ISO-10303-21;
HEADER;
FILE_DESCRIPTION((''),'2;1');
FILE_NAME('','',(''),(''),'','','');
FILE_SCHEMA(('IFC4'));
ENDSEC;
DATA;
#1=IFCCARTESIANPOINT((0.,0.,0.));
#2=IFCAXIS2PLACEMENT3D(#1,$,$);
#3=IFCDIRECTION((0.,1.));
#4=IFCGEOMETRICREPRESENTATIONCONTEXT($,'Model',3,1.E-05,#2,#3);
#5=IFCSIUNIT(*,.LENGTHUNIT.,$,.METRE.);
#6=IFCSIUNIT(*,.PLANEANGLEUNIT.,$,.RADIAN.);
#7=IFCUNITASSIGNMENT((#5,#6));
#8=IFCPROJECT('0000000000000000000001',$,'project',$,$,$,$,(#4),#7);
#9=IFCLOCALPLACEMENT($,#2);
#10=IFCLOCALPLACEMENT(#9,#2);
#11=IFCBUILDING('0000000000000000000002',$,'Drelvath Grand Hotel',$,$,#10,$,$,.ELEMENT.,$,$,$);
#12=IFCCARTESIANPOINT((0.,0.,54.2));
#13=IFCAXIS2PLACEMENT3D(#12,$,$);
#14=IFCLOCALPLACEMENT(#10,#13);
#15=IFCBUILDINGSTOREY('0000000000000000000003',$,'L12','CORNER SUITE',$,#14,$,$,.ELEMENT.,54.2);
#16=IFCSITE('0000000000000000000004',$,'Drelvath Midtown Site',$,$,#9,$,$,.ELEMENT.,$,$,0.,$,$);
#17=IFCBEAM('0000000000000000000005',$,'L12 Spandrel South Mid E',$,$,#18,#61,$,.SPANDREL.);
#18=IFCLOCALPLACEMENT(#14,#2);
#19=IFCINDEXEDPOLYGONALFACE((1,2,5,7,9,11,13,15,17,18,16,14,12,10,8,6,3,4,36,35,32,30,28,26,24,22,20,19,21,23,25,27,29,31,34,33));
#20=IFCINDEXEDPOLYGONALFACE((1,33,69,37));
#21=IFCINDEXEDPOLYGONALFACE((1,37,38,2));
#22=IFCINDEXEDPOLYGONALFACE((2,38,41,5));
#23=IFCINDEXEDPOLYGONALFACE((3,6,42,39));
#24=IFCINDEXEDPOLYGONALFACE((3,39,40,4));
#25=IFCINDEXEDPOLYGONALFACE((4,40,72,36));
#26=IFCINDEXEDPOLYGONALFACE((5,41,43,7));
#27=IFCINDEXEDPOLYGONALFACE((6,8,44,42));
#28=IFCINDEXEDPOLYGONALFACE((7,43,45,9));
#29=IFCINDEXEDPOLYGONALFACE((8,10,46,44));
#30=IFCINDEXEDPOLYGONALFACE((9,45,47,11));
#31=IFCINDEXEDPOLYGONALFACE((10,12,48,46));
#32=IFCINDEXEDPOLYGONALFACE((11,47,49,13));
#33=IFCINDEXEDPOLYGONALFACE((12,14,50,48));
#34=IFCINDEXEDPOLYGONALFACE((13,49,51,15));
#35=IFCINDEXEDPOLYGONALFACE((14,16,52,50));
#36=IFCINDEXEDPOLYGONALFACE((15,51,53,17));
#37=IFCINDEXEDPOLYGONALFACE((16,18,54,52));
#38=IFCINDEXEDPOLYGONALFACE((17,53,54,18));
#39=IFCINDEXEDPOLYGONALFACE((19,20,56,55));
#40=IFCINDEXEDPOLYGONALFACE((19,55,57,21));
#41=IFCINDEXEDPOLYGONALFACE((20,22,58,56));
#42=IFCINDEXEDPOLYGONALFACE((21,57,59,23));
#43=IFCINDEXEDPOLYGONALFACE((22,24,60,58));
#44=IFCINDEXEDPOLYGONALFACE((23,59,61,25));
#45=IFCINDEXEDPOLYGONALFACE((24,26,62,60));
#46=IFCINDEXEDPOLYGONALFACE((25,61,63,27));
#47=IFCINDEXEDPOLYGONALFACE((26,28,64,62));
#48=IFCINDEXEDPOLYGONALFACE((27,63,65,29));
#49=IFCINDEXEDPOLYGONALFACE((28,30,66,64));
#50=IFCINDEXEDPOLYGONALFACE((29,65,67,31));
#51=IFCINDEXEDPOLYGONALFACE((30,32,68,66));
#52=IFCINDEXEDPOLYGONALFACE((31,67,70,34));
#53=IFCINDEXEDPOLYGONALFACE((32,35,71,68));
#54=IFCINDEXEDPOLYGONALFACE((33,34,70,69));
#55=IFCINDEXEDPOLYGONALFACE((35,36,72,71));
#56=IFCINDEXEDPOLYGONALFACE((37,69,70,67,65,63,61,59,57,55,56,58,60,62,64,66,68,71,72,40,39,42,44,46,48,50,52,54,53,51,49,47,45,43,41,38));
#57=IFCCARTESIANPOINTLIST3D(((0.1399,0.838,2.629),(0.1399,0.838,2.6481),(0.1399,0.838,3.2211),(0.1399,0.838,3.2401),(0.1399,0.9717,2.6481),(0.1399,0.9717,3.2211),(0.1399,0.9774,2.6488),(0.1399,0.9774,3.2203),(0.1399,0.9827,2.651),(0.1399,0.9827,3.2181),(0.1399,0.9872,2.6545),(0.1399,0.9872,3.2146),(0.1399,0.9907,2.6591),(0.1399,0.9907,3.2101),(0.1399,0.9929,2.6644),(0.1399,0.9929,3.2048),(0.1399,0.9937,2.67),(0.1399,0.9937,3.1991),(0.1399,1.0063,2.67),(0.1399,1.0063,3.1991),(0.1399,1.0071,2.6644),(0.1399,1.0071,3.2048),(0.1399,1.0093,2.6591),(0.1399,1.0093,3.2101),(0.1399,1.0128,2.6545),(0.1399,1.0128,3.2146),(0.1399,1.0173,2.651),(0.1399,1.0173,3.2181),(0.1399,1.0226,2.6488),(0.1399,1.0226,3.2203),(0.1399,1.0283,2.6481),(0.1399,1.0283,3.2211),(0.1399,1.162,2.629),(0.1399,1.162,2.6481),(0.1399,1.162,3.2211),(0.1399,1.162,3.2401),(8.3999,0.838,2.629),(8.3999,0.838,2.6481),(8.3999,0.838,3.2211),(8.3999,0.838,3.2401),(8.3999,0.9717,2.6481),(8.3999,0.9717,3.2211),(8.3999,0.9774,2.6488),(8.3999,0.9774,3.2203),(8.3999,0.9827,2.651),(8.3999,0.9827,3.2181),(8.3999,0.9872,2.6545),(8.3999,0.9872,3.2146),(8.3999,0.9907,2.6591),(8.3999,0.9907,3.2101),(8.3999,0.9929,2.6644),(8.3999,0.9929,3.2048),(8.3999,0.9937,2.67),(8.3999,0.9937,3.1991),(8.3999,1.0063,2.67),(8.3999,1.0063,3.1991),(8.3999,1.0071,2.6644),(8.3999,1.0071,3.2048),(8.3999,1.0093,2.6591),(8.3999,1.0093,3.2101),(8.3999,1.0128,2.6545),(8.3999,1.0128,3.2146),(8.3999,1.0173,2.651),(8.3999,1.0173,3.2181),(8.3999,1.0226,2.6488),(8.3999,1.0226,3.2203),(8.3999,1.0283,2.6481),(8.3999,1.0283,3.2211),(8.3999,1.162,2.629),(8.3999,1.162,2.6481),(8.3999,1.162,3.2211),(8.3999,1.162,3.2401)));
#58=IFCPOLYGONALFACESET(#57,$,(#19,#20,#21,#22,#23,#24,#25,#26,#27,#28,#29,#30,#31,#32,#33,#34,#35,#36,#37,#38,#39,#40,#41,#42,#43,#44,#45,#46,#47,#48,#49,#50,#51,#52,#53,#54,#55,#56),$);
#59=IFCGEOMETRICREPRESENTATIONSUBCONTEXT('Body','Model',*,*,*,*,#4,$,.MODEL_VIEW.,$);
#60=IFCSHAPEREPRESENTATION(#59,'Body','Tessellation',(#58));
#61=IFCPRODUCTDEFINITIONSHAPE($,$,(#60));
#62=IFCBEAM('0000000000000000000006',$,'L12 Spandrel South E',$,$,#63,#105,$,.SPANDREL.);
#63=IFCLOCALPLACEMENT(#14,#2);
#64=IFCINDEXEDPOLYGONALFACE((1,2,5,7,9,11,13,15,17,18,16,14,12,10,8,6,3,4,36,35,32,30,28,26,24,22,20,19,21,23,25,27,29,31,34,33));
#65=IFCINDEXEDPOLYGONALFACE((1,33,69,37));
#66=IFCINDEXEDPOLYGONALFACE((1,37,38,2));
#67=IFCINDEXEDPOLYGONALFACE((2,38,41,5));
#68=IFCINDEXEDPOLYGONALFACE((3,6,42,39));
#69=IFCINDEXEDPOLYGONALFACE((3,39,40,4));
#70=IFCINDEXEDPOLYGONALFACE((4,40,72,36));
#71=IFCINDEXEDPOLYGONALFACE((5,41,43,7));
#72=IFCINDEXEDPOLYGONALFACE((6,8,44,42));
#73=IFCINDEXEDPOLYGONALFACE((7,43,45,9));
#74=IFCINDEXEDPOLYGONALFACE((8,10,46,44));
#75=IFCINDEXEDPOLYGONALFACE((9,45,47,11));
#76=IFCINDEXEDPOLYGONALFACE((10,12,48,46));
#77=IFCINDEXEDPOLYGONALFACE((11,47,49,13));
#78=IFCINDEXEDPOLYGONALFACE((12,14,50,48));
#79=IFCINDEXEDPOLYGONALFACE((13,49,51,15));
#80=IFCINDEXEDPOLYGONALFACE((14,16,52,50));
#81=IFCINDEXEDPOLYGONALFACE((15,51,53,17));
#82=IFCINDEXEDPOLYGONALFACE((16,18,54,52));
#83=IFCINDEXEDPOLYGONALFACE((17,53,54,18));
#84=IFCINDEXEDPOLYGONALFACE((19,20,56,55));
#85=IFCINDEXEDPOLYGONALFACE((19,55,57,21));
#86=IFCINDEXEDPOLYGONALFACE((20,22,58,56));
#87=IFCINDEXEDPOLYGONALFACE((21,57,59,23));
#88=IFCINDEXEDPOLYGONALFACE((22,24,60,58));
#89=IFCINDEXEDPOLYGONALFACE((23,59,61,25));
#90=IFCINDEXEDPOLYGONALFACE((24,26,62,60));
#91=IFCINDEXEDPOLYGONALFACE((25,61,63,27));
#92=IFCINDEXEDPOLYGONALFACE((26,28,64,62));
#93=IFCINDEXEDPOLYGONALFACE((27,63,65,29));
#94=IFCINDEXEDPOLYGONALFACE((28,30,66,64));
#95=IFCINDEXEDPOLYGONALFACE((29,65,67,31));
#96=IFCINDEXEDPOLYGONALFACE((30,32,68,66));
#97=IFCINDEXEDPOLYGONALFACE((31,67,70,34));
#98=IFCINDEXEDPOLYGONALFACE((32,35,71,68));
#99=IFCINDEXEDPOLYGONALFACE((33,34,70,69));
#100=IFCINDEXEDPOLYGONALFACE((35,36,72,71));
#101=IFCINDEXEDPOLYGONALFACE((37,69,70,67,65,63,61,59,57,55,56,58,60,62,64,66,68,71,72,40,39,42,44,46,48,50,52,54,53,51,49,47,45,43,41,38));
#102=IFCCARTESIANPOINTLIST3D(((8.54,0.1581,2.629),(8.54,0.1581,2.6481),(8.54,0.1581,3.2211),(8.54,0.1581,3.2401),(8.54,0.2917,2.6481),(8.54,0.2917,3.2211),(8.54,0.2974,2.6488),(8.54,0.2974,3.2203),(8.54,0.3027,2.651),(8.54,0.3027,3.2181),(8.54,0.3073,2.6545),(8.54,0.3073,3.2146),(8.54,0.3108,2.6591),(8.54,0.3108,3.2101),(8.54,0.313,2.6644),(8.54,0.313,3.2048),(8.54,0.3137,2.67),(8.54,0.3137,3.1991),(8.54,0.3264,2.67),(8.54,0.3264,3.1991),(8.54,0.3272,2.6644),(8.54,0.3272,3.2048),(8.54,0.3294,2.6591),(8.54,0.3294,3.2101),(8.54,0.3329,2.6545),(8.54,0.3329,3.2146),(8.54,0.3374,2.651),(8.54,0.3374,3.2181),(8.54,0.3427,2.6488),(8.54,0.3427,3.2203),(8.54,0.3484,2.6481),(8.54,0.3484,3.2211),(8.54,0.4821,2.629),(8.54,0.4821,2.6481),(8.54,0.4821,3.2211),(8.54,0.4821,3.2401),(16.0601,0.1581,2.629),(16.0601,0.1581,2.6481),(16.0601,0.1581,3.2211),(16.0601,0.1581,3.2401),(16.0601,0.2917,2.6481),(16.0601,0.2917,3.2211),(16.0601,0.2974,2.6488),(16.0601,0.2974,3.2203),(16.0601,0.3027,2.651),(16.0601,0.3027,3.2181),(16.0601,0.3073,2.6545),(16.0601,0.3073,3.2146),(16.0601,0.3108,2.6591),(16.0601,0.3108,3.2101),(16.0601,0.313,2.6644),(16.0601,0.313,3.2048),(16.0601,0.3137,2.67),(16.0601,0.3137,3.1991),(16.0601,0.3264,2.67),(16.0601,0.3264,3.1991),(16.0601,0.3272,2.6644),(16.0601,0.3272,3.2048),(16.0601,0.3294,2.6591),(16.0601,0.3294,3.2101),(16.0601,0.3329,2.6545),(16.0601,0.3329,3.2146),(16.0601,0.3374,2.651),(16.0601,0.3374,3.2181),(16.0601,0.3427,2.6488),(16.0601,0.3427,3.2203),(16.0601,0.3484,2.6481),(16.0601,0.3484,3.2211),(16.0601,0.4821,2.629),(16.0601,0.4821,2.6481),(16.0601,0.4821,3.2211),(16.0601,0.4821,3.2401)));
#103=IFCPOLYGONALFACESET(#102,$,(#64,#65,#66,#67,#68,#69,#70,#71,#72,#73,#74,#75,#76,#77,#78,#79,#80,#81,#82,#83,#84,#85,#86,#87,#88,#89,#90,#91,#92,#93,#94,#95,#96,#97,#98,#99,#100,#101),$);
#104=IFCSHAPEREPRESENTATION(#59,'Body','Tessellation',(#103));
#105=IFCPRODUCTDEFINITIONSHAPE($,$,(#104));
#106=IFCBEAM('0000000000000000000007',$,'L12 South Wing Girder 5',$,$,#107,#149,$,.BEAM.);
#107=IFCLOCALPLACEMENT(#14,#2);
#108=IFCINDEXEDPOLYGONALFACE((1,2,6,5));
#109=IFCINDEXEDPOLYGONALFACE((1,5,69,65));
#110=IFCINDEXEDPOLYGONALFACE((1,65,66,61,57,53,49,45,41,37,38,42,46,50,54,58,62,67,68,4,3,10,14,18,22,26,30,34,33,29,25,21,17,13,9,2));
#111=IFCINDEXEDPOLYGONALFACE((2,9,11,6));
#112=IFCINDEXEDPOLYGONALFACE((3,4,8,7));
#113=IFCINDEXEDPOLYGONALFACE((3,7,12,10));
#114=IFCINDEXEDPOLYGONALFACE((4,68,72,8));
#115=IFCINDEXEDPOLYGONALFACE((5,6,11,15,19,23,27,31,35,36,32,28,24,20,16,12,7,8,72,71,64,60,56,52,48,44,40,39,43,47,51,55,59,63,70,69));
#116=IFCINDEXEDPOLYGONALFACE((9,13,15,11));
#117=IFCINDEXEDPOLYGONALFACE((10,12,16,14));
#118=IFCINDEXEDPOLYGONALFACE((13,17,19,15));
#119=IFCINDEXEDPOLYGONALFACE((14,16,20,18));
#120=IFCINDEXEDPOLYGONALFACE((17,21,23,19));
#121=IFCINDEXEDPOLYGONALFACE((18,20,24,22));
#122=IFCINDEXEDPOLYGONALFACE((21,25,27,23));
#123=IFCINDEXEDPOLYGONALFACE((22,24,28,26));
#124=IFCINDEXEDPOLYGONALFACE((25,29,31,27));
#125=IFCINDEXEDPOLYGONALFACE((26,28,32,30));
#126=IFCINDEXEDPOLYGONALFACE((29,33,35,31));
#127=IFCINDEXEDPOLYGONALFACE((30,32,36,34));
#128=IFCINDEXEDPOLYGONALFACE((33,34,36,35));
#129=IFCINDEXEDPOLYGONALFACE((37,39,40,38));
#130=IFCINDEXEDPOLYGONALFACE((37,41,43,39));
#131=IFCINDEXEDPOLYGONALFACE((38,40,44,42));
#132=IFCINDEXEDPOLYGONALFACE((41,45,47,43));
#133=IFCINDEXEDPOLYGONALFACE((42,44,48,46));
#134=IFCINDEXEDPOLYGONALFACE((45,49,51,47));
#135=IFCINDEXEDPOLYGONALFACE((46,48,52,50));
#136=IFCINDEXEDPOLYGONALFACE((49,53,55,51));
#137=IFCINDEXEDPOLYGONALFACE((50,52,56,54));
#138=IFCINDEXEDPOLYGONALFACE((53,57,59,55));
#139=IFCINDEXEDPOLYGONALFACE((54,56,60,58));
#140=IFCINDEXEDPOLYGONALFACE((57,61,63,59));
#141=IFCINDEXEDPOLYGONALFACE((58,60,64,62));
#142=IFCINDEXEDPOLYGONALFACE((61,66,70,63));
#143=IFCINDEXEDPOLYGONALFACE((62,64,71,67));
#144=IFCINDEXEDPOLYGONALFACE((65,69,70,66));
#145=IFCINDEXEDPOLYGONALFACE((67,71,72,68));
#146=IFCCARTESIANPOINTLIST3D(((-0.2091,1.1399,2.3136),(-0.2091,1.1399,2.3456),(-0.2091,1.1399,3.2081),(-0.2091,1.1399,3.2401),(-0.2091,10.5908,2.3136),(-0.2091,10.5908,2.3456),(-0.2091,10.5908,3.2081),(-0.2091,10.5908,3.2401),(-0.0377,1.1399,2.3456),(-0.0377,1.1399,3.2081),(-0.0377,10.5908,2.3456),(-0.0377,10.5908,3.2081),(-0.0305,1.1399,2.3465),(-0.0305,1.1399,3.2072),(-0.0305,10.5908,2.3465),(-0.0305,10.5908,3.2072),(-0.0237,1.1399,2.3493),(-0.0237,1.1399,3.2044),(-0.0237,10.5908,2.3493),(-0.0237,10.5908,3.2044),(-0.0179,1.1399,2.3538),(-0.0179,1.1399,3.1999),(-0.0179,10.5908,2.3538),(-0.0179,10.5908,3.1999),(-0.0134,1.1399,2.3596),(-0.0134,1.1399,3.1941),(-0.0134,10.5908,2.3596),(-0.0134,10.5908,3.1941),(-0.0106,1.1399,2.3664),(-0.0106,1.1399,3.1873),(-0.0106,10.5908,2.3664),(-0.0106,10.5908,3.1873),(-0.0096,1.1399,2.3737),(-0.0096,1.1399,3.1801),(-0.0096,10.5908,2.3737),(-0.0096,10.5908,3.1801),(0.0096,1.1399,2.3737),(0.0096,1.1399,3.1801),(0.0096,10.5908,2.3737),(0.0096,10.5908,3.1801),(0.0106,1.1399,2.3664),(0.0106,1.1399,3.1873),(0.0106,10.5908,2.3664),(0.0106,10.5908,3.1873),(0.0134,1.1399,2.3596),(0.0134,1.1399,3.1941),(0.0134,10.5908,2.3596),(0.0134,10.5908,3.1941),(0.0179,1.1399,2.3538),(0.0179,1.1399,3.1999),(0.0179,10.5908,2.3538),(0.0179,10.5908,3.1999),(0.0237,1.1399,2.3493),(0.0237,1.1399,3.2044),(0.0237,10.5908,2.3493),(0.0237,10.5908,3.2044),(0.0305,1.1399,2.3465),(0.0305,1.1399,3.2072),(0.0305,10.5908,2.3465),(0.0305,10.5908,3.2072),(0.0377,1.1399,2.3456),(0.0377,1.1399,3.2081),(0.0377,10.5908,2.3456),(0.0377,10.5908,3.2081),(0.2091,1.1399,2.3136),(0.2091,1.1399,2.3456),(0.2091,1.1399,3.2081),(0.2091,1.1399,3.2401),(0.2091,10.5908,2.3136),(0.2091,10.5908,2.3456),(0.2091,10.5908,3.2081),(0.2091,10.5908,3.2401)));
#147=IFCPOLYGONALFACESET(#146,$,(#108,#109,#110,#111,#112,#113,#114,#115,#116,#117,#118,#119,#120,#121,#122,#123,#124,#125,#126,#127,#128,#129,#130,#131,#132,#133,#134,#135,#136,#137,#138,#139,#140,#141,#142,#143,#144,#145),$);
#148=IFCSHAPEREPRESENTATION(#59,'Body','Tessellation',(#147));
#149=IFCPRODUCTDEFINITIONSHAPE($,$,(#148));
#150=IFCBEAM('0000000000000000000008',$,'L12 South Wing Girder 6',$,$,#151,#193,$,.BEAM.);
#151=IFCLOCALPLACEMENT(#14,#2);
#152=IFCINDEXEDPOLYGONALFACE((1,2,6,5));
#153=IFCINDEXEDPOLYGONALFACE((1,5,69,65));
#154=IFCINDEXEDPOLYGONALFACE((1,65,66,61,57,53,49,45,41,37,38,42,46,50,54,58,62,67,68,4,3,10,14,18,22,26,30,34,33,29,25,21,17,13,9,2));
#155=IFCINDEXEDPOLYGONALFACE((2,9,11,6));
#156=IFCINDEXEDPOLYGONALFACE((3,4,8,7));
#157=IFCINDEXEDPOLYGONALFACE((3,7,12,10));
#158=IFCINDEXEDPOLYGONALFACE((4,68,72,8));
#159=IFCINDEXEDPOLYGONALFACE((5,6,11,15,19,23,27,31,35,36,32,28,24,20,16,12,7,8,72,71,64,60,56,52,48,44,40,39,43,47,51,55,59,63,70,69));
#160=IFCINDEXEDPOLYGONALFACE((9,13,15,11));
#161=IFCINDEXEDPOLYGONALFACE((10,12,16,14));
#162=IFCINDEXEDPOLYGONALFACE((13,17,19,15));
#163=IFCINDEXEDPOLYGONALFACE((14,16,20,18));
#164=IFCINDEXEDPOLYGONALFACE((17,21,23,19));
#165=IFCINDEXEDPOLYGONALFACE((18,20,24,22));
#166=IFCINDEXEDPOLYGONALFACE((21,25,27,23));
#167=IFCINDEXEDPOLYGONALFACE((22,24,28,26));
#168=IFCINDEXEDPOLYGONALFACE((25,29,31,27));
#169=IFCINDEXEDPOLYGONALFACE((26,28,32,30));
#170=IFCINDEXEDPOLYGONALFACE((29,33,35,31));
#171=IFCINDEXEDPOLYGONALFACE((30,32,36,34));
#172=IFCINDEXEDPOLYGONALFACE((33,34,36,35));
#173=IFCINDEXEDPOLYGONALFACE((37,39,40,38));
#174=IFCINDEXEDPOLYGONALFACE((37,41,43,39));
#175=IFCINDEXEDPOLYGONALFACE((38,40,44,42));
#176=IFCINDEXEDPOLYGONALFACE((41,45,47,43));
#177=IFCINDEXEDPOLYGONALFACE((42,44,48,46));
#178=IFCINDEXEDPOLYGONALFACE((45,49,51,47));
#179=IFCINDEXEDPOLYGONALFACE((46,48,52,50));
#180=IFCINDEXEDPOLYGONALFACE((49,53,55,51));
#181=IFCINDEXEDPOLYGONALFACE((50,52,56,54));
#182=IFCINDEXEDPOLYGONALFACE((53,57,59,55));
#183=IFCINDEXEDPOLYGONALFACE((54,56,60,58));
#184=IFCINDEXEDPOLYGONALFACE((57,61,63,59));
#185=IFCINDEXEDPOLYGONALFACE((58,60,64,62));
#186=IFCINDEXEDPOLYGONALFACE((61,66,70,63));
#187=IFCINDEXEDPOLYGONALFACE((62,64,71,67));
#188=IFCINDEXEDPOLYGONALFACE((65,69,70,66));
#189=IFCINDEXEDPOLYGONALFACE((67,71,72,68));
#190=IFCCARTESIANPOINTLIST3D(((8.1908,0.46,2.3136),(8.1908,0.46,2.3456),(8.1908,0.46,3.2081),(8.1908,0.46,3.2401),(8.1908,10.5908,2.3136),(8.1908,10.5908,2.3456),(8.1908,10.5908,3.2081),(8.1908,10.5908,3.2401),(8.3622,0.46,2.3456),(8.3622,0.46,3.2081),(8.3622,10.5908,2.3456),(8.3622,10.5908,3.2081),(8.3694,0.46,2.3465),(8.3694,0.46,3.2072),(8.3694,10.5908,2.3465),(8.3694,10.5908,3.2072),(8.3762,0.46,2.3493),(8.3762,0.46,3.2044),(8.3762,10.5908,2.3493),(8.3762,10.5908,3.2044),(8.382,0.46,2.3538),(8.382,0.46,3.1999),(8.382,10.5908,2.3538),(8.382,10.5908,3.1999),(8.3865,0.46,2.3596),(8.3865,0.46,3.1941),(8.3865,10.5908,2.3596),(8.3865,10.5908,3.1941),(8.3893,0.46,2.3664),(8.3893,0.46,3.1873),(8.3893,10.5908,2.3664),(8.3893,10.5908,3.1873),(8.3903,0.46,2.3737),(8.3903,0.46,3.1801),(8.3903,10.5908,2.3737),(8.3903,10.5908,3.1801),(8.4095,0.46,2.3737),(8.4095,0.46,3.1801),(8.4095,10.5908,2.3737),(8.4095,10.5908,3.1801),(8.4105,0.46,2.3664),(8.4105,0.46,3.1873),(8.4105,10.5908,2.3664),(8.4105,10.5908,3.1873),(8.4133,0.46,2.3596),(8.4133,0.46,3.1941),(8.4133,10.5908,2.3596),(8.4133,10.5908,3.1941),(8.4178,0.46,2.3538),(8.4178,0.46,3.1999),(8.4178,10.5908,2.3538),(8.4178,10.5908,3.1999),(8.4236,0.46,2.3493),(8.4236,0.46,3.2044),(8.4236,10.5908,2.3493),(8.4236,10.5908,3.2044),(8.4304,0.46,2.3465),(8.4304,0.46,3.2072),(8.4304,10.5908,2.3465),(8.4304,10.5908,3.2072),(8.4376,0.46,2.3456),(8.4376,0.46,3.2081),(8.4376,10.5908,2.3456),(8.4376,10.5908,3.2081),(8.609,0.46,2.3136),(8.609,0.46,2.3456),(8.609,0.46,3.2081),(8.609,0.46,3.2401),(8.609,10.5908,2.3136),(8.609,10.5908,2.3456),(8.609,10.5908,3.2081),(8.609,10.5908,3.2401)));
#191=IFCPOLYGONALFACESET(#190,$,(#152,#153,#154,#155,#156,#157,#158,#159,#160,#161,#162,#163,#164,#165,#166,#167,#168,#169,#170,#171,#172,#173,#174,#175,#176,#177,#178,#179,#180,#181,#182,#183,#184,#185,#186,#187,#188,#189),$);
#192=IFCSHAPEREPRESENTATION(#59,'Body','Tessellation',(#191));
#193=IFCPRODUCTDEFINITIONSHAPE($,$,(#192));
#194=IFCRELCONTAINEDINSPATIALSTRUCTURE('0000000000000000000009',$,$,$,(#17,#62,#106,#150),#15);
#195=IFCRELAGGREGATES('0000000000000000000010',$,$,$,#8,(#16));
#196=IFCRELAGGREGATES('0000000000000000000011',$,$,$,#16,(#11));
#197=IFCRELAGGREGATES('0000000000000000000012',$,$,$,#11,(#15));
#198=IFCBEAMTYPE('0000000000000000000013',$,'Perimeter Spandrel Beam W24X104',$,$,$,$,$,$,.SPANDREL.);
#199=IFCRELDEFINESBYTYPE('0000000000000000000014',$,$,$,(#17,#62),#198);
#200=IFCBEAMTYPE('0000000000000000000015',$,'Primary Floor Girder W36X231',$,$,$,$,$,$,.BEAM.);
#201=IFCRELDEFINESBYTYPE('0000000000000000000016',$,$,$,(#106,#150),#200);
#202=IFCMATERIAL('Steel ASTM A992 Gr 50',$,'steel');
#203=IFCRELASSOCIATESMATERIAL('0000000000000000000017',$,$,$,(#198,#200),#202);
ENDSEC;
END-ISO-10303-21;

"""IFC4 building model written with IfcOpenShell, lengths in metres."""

from ifc_helpers import new_model, si_unit, direction, frame, origin, origin_2d, place, context, subcontext, project, spatial, i_section, extrude, material, material_profile, profile_set, type_object, element, save


model = new_model("IFC4")

# Units and contexts
model_context = context("Model", 3, precision=1e-05, world=origin(), true_north=direction((0.0, 1.0)))
body_context = subcontext(model_context, "Body", "Model", "MODEL_VIEW")
ifc_project = project(units=[si_unit("LENGTHUNIT", "METRE"), si_unit("PLANEANGLEUNIT", "RADIAN")], contexts=[model_context])

# Site, building, storey
site_placement = place(None, origin())
site = spatial("IfcSite", under=ifc_project, at=site_placement, Name="Drelvath Midtown Site", CompositionType="ELEMENT", RefElevation=0.0)
building_placement = place(site_placement, origin())
building = spatial("IfcBuilding", under=site, at=building_placement, Name="Drelvath Grand Hotel", CompositionType="ELEMENT")
storey_placement = place(building_placement, frame((0.0, 0.0, 54.2)))
storey = spatial("IfcBuildingStorey", under=building, at=storey_placement, Name="L12", Description="CORNER SUITE", CompositionType="ELEMENT", Elevation=54.2)

# Beams
ifc_material_1 = material(Name="Steel ASTM A992 Gr 50", Category="steel")
ifc_material_profile_1 = material_profile(ifc_material_1, i_section(OverallWidth=0.324, OverallDepth=0.6111, WebThickness=0.0127, FlangeThickness=0.019, FilletRadius=0.022, at=origin_2d()), Name="W24X104")
ifc_profile_set_1 = profile_set([ifc_material_profile_1], Name="Steel ASTM A992 Gr 50")
beam_type_1 = type_object("IfcBeamType", Name="Perimeter Spandrel Beam W24X104", PredefinedType="SPANDREL", material=ifc_profile_set_1)
beam_1_placement = place(storey_placement, frame((0.1399, 1.0, 2.9346), z_axis=(1.0, 0.0, 0.0), x_axis=(0.0, 1.0, 0.0)))
element("IfcBeam", 1, at=beam_1_placement, inside=storey, type_object=beam_type_1, Name="L12 Spandrel South Mid E", PredefinedType="SPANDREL", context=body_context, shape_type="SweptSolid", body=[
    extrude(i_section(OverallWidth=0.324, OverallDepth=0.6111, WebThickness=0.0127, FlangeThickness=0.019, FilletRadius=0.022, at=origin_2d()), origin(), (0.0, 0.0, 1.0), 8.26),
])
beam_2_placement = place(storey_placement, frame((8.54, 0.3201, 2.9346), z_axis=(1.0, 0.0, 0.0), x_axis=(0.0, 1.0, 0.0)))
element("IfcBeam", 2, at=beam_2_placement, inside=storey, type_object=beam_type_1, Name="L12 Spandrel South E", PredefinedType="SPANDREL", context=body_context, shape_type="SweptSolid", body=[
    extrude(i_section(OverallWidth=0.324, OverallDepth=0.6111, WebThickness=0.0127, FlangeThickness=0.019, FilletRadius=0.022, at=origin_2d()), origin(), (0.0, 0.0, 1.0), 7.52),
])
ifc_material_profile_2 = material_profile(ifc_material_1, i_section(OverallWidth=0.4182, OverallDepth=0.9265, WebThickness=0.0193, FlangeThickness=0.032, FilletRadius=0.0281, at=origin_2d()), Name="W36X231")
ifc_profile_set_2 = profile_set([ifc_material_profile_2], Name="Steel ASTM A992 Gr 50")
beam_type_2 = type_object("IfcBeamType", Name="Primary Floor Girder W36X231", PredefinedType="BEAM", material=ifc_profile_set_2)
beam_3_placement = place(storey_placement, frame((0.0, 1.1399, 2.7769), z_axis=(0.0, 1.0, 0.0), x_axis=(-1.0, 0.0, 0.0)))
element("IfcBeam", 3, at=beam_3_placement, inside=storey, type_object=beam_type_2, Name="L12 South Wing Girder 5", PredefinedType="BEAM", context=body_context, shape_type="SweptSolid", body=[
    extrude(i_section(OverallWidth=0.4182, OverallDepth=0.9265, WebThickness=0.0193, FlangeThickness=0.032, FilletRadius=0.0281, at=origin_2d()), origin(), (0.0, 0.0, 1.0), 9.4509),
])
beam_4_placement = place(storey_placement, frame((8.3999, 0.46, 2.7769), z_axis=(0.0, 1.0, 0.0), x_axis=(-1.0, 0.0, 0.0)))
element("IfcBeam", 4, at=beam_4_placement, inside=storey, type_object=beam_type_2, Name="L12 South Wing Girder 6", PredefinedType="BEAM", context=body_context, shape_type="SweptSolid", body=[
    extrude(i_section(OverallWidth=0.4182, OverallDepth=0.9265, WebThickness=0.0193, FlangeThickness=0.032, FilletRadius=0.0281, at=origin_2d()), origin(), (0.0, 0.0, 1.0), 10.1309),
])

save(model, "model.ifc")
